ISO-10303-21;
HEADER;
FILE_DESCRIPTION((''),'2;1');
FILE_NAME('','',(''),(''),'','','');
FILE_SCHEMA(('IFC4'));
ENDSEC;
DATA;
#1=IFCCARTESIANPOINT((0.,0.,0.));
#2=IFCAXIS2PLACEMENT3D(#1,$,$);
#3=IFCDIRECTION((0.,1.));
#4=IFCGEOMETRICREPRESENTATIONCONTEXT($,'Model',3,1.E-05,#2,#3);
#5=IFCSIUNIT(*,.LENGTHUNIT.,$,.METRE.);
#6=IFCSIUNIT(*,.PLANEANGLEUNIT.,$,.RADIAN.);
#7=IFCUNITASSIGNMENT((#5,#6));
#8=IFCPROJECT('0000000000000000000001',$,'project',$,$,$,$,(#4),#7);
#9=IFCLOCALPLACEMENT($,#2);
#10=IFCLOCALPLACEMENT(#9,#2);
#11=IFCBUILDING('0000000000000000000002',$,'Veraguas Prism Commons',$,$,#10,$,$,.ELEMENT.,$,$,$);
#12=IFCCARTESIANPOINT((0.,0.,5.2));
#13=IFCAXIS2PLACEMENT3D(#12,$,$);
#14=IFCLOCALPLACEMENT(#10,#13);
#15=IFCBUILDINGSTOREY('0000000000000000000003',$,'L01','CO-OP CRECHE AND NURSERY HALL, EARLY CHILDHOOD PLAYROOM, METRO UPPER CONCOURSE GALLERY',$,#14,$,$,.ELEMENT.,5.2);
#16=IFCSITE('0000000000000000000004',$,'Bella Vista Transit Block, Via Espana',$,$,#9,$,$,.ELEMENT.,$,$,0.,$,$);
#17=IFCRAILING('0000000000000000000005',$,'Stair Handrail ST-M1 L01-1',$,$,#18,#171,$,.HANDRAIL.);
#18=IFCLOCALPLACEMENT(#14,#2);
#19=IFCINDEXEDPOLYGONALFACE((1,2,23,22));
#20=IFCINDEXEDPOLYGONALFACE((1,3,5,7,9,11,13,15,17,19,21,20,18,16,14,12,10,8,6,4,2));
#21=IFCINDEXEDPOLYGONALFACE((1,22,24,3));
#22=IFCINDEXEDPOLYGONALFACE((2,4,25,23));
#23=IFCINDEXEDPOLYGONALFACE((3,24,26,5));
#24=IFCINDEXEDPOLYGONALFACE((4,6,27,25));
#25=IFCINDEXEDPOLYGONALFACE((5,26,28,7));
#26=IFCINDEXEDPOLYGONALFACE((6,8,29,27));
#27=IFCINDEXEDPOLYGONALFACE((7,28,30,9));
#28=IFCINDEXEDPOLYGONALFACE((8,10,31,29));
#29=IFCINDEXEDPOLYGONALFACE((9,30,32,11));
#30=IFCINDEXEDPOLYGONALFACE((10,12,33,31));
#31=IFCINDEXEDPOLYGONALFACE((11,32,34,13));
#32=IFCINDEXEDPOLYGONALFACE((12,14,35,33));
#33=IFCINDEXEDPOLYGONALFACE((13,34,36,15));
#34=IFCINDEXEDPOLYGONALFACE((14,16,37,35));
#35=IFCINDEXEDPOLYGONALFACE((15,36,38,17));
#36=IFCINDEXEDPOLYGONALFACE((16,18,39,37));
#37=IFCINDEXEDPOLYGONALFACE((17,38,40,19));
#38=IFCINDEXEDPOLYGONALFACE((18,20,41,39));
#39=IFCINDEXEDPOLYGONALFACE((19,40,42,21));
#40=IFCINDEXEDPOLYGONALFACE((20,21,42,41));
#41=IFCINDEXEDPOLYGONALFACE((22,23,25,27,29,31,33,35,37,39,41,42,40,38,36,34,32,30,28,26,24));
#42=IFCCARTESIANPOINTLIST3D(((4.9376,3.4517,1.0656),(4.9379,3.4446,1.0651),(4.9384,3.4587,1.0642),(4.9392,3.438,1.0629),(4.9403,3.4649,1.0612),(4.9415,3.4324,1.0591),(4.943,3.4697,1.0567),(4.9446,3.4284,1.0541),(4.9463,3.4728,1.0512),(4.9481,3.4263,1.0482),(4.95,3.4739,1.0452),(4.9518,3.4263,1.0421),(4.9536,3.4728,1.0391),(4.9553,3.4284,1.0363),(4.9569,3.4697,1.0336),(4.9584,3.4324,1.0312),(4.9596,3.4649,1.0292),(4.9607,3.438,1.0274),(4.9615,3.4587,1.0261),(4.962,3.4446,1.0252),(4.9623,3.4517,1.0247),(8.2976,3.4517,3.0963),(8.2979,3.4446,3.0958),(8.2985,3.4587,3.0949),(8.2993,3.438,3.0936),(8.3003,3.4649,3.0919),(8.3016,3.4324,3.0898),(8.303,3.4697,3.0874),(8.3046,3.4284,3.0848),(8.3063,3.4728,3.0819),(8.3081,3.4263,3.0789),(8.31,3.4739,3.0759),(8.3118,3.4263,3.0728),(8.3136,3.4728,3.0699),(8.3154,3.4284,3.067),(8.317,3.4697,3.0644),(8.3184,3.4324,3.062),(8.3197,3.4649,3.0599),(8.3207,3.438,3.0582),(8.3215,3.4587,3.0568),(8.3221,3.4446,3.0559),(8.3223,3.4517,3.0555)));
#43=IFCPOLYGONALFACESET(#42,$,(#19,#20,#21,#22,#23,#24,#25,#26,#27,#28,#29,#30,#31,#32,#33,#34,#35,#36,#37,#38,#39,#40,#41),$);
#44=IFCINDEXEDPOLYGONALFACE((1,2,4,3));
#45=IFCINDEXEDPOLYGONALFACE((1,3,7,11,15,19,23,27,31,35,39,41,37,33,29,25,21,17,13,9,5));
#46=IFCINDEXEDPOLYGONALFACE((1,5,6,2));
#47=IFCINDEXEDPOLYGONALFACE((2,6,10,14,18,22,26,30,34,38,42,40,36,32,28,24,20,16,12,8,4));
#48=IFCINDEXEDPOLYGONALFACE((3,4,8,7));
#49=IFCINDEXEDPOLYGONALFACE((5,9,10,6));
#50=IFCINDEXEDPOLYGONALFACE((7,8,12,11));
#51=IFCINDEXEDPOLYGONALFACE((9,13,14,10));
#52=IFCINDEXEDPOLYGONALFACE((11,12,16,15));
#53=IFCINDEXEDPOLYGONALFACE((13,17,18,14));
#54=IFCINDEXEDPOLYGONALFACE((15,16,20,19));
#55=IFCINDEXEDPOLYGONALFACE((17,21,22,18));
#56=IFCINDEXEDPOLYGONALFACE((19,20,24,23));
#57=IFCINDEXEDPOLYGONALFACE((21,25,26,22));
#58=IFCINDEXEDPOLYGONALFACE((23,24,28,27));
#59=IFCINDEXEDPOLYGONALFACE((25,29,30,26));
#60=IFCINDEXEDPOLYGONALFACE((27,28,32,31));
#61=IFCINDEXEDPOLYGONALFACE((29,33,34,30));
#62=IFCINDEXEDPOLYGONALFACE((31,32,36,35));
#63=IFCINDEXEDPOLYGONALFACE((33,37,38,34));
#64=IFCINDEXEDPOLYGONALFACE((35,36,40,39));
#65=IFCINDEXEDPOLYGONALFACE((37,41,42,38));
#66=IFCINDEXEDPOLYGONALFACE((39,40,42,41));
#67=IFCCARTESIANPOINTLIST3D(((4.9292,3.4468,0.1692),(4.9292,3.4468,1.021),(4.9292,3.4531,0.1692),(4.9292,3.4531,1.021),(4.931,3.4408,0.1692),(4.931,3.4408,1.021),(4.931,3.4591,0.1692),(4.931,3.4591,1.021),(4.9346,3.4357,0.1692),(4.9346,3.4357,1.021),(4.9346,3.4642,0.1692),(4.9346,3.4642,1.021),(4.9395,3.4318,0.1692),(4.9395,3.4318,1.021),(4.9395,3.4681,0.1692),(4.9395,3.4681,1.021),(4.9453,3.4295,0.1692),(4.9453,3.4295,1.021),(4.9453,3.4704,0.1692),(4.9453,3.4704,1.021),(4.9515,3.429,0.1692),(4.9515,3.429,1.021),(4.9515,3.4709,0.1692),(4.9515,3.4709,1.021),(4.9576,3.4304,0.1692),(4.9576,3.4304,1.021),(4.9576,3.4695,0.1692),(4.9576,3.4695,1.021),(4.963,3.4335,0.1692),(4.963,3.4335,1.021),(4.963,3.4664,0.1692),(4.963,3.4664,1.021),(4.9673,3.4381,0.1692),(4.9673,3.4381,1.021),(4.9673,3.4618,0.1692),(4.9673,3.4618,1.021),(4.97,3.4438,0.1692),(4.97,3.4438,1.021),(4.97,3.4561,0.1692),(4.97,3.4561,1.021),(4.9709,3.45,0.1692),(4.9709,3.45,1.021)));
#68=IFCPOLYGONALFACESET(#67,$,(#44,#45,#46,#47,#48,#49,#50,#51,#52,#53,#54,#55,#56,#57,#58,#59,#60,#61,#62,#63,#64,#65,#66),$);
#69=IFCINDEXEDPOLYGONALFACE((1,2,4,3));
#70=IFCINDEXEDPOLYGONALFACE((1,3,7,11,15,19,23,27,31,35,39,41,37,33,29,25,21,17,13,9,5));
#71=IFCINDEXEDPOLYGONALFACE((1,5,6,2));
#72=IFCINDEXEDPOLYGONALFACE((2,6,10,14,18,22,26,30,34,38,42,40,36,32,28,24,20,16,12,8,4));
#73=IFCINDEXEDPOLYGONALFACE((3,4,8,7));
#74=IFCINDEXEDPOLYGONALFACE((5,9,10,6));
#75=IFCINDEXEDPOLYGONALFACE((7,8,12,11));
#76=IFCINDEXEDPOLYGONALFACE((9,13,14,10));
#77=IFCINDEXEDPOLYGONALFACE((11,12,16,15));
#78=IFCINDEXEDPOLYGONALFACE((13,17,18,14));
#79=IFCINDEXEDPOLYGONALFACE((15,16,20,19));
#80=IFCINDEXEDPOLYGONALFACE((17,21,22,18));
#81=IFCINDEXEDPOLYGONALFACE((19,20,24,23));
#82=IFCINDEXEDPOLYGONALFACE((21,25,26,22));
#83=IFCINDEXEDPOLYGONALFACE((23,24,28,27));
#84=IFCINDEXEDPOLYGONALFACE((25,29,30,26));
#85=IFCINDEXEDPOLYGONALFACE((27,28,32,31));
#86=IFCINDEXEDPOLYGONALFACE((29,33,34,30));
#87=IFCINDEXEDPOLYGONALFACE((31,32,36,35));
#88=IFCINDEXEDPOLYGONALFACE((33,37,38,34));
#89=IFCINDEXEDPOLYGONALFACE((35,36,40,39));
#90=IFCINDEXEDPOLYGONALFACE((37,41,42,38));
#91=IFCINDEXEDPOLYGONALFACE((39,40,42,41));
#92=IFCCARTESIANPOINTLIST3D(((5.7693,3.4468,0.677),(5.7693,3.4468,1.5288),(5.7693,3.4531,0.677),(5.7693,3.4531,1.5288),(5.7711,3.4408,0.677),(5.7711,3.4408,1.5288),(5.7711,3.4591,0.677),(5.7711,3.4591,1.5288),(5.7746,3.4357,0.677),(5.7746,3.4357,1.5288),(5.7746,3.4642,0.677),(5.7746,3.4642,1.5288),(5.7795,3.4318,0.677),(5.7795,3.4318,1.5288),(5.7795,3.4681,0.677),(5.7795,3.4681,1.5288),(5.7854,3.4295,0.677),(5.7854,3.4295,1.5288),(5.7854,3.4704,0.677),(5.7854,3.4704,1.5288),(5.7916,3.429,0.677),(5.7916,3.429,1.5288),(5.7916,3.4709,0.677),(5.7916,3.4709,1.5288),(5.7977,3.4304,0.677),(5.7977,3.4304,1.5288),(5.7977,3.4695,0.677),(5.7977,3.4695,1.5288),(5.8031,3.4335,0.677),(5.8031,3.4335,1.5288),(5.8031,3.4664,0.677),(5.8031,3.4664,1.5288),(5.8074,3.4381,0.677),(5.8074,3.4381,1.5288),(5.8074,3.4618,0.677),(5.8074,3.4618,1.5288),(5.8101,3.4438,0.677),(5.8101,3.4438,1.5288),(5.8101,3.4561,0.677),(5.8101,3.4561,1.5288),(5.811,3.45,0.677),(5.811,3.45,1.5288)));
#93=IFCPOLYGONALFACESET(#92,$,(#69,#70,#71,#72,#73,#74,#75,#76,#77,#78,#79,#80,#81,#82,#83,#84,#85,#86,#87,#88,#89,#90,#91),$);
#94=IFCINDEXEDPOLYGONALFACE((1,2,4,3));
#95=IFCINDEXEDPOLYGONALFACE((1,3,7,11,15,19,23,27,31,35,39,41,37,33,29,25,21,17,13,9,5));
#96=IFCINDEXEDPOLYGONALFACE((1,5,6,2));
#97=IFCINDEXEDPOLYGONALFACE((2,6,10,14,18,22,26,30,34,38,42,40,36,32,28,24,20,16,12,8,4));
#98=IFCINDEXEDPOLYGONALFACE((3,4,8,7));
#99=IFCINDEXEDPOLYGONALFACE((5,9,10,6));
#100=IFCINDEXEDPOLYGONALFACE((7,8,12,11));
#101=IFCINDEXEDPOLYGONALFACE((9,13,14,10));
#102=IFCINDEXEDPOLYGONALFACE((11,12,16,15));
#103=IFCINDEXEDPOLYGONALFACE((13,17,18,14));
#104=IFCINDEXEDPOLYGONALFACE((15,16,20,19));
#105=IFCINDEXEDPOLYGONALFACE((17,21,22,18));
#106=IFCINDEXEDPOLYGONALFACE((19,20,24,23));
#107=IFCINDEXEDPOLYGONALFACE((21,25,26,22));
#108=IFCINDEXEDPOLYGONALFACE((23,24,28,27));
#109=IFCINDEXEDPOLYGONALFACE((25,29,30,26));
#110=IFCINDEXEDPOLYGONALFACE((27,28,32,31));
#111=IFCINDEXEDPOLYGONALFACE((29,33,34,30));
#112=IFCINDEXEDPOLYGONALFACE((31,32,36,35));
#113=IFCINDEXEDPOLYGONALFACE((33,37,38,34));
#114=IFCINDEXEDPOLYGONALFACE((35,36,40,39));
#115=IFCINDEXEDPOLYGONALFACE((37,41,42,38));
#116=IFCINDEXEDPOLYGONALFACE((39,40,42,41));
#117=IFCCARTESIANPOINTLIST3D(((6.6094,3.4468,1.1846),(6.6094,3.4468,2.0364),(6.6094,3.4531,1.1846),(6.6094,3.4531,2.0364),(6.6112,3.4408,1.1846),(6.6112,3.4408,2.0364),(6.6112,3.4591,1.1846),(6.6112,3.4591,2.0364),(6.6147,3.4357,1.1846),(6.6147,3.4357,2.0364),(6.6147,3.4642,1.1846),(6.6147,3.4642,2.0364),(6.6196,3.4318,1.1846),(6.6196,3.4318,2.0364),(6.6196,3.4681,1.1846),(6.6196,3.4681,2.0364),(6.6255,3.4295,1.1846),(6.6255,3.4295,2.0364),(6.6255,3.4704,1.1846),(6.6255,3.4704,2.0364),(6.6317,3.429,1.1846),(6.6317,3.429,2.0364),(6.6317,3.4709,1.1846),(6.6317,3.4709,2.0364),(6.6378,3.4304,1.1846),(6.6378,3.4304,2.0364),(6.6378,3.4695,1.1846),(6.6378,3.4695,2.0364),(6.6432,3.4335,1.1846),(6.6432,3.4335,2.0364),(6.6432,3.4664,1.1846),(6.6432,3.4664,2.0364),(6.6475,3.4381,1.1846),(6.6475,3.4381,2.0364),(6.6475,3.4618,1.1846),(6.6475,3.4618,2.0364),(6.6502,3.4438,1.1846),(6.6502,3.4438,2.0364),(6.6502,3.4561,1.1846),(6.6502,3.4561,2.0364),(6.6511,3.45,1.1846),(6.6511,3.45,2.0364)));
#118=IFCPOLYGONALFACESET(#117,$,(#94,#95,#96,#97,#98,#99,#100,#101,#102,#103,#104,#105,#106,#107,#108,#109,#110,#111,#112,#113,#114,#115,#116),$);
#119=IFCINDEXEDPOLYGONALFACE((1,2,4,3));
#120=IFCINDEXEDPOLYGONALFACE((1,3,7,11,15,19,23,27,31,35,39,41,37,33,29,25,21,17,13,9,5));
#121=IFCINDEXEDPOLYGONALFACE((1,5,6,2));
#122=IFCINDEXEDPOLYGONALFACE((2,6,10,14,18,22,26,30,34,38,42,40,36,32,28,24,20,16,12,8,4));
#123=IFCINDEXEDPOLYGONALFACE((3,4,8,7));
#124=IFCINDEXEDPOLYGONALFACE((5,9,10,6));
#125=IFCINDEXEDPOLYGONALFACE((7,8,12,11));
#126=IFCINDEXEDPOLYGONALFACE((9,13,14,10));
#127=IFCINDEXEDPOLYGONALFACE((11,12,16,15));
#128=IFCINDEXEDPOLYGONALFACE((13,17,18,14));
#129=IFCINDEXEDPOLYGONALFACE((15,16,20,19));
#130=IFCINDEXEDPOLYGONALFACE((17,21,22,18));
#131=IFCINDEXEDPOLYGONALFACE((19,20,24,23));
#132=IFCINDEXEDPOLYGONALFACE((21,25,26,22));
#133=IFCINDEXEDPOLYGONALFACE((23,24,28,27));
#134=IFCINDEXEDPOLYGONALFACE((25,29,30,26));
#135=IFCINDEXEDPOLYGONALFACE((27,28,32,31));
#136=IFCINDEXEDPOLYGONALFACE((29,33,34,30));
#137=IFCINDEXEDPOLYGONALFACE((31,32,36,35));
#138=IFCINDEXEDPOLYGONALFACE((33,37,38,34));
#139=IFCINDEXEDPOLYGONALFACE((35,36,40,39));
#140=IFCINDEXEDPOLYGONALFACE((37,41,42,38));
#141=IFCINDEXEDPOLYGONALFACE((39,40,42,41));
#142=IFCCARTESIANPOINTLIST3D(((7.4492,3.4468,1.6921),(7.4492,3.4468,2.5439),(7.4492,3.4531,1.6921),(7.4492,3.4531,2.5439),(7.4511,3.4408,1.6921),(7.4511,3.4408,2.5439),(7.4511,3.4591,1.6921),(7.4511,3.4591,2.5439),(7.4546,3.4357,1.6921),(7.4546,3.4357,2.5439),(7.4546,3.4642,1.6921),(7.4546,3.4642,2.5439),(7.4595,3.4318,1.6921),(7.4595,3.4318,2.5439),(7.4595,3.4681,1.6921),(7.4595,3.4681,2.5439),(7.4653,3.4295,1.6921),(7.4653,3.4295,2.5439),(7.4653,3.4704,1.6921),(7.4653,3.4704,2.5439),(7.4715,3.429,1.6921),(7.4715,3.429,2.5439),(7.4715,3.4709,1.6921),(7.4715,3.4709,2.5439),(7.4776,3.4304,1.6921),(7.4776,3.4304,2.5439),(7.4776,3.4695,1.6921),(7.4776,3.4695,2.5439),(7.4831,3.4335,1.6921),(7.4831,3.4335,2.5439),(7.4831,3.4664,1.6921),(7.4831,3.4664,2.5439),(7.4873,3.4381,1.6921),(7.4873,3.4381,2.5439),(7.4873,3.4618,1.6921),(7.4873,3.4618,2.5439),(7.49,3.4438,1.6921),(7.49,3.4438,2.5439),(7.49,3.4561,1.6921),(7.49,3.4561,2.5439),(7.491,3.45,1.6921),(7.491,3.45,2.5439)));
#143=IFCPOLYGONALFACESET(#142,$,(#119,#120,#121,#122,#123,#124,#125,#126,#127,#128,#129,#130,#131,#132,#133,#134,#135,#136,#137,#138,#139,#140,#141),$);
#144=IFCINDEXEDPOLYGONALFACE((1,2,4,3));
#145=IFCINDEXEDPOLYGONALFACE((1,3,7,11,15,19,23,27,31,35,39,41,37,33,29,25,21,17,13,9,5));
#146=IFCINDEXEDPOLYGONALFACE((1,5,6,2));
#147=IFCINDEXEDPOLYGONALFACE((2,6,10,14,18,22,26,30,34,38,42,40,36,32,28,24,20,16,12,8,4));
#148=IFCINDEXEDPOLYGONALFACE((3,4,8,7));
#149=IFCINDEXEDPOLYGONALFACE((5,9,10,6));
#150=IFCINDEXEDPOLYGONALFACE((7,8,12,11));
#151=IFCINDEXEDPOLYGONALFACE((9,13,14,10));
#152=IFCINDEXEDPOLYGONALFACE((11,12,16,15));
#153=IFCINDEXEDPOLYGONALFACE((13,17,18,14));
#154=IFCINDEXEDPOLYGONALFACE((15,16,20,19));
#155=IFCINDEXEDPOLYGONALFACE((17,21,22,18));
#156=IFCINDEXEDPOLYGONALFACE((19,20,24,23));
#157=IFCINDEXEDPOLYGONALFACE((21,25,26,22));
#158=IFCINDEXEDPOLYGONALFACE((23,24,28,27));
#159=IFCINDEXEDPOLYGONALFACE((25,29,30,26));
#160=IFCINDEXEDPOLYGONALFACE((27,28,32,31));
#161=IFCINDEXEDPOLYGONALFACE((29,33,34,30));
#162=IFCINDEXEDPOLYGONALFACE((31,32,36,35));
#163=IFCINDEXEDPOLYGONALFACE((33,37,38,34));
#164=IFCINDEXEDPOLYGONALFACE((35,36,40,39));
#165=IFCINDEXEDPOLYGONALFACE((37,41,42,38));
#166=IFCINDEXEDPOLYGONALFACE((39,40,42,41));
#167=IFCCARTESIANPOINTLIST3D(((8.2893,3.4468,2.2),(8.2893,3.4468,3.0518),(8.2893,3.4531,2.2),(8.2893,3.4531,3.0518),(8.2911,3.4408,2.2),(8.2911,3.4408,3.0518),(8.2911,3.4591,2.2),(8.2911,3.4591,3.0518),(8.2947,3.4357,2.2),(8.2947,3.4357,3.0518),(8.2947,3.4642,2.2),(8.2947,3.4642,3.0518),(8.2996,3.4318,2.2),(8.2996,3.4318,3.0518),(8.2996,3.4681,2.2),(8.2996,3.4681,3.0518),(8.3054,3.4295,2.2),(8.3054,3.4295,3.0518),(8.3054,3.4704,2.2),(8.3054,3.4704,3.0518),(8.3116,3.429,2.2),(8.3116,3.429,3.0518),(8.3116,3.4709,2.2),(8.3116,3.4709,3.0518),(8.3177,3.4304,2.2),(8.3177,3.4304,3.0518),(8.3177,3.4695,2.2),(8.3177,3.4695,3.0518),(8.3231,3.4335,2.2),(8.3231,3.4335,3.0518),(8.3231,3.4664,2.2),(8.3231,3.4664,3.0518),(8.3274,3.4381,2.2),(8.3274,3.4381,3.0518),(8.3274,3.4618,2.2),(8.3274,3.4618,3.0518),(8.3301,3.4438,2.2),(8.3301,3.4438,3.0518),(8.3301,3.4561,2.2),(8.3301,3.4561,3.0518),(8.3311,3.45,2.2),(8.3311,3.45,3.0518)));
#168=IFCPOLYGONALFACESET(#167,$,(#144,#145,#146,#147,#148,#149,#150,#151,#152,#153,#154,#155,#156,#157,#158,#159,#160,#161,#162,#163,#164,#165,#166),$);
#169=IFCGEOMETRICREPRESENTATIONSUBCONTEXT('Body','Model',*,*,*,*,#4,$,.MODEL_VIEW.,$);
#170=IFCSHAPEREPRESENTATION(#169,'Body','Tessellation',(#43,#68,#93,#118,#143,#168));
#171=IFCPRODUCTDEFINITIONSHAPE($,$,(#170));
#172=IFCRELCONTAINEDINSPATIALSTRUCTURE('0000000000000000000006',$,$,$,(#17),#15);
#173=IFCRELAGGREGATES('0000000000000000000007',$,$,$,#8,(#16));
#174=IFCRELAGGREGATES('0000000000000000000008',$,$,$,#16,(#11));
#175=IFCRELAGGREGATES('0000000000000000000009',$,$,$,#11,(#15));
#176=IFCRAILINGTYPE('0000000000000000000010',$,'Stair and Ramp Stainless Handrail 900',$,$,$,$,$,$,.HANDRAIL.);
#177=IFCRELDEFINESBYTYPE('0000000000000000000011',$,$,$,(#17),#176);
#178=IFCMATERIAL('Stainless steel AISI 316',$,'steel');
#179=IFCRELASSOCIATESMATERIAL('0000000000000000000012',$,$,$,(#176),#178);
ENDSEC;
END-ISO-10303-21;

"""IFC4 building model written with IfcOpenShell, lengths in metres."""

from ifc_helpers import new_model, si_unit, direction, frame, origin, origin_2d, place, context, subcontext, project, spatial, circle, extrude, material, type_object, element, save


model = new_model("IFC4")

# Units and contexts
model_context = context("Model", 3, precision=1e-05, world=origin(), true_north=direction((0.0, 1.0)))
body_context = subcontext(model_context, "Body", "Model", "MODEL_VIEW")
ifc_project = project(units=[si_unit("LENGTHUNIT", "METRE"), si_unit("PLANEANGLEUNIT", "RADIAN")], contexts=[model_context])

# Site, building, storey
site_placement = place(None, origin())
site = spatial("IfcSite", under=ifc_project, at=site_placement, Name="Bella Vista Transit Block, Via Espana", CompositionType="ELEMENT", RefElevation=0.0)
building_placement = place(site_placement, origin())
building = spatial("IfcBuilding", under=site, at=building_placement, Name="Veraguas Prism Commons", CompositionType="ELEMENT")
storey_placement = place(building_placement, frame((0.0, 0.0, 5.2)))
storey = spatial("IfcBuildingStorey", under=building, at=storey_placement, Name="L01", Description="CO-OP CRECHE AND NURSERY HALL, EARLY CHILDHOOD PLAYROOM, METRO UPPER CONCOURSE GALLERY", CompositionType="ELEMENT", Elevation=5.2)

# Railing
ifc_material_1 = material(Name="Stainless steel AISI 316", Category="steel")
railing_type_1 = type_object("IfcRailingType", Name="Stair and Ramp Stainless Handrail 900", PredefinedType="HANDRAIL", material=ifc_material_1)
railing_1_placement = place(storey_placement, frame((4.95, 3.45, 0.1692)))
element("IfcRailing", 1, at=railing_1_placement, inside=storey, type_object=railing_type_1, Name="Stair Handrail ST-M1 L01-1", PredefinedType="HANDRAIL", context=body_context, shape_type="SweptSolid", body=[
    extrude(circle(Radius=0.0239, at=origin_2d()), frame((0.0, 0.0, 0.876), z_axis=(0.855837, 0.0, 0.517246), x_axis=(0.0, 1.0, 0.0)), (0.0, 0.0, 1.0), 3.926),
    extrude(circle(Radius=0.021, at=origin_2d()), origin(), (0.0, 0.0, 1.0), 0.8518),
    extrude(circle(Radius=0.021, at=origin_2d()), frame((0.8401, 0.0, 0.5078)), (0.0, 0.0, 1.0), 0.8518),
    extrude(circle(Radius=0.021, at=origin_2d()), frame((1.6802, 0.0, 1.0154)), (0.0, 0.0, 1.0), 0.8518),
    extrude(circle(Radius=0.021, at=origin_2d()), frame((2.52, 0.0, 1.5229)), (0.0, 0.0, 1.0), 0.8518),
    extrude(circle(Radius=0.021, at=origin_2d()), frame((3.3601, 0.0, 2.0308)), (0.0, 0.0, 1.0), 0.8518),
])

save(model, "model.ifc")
